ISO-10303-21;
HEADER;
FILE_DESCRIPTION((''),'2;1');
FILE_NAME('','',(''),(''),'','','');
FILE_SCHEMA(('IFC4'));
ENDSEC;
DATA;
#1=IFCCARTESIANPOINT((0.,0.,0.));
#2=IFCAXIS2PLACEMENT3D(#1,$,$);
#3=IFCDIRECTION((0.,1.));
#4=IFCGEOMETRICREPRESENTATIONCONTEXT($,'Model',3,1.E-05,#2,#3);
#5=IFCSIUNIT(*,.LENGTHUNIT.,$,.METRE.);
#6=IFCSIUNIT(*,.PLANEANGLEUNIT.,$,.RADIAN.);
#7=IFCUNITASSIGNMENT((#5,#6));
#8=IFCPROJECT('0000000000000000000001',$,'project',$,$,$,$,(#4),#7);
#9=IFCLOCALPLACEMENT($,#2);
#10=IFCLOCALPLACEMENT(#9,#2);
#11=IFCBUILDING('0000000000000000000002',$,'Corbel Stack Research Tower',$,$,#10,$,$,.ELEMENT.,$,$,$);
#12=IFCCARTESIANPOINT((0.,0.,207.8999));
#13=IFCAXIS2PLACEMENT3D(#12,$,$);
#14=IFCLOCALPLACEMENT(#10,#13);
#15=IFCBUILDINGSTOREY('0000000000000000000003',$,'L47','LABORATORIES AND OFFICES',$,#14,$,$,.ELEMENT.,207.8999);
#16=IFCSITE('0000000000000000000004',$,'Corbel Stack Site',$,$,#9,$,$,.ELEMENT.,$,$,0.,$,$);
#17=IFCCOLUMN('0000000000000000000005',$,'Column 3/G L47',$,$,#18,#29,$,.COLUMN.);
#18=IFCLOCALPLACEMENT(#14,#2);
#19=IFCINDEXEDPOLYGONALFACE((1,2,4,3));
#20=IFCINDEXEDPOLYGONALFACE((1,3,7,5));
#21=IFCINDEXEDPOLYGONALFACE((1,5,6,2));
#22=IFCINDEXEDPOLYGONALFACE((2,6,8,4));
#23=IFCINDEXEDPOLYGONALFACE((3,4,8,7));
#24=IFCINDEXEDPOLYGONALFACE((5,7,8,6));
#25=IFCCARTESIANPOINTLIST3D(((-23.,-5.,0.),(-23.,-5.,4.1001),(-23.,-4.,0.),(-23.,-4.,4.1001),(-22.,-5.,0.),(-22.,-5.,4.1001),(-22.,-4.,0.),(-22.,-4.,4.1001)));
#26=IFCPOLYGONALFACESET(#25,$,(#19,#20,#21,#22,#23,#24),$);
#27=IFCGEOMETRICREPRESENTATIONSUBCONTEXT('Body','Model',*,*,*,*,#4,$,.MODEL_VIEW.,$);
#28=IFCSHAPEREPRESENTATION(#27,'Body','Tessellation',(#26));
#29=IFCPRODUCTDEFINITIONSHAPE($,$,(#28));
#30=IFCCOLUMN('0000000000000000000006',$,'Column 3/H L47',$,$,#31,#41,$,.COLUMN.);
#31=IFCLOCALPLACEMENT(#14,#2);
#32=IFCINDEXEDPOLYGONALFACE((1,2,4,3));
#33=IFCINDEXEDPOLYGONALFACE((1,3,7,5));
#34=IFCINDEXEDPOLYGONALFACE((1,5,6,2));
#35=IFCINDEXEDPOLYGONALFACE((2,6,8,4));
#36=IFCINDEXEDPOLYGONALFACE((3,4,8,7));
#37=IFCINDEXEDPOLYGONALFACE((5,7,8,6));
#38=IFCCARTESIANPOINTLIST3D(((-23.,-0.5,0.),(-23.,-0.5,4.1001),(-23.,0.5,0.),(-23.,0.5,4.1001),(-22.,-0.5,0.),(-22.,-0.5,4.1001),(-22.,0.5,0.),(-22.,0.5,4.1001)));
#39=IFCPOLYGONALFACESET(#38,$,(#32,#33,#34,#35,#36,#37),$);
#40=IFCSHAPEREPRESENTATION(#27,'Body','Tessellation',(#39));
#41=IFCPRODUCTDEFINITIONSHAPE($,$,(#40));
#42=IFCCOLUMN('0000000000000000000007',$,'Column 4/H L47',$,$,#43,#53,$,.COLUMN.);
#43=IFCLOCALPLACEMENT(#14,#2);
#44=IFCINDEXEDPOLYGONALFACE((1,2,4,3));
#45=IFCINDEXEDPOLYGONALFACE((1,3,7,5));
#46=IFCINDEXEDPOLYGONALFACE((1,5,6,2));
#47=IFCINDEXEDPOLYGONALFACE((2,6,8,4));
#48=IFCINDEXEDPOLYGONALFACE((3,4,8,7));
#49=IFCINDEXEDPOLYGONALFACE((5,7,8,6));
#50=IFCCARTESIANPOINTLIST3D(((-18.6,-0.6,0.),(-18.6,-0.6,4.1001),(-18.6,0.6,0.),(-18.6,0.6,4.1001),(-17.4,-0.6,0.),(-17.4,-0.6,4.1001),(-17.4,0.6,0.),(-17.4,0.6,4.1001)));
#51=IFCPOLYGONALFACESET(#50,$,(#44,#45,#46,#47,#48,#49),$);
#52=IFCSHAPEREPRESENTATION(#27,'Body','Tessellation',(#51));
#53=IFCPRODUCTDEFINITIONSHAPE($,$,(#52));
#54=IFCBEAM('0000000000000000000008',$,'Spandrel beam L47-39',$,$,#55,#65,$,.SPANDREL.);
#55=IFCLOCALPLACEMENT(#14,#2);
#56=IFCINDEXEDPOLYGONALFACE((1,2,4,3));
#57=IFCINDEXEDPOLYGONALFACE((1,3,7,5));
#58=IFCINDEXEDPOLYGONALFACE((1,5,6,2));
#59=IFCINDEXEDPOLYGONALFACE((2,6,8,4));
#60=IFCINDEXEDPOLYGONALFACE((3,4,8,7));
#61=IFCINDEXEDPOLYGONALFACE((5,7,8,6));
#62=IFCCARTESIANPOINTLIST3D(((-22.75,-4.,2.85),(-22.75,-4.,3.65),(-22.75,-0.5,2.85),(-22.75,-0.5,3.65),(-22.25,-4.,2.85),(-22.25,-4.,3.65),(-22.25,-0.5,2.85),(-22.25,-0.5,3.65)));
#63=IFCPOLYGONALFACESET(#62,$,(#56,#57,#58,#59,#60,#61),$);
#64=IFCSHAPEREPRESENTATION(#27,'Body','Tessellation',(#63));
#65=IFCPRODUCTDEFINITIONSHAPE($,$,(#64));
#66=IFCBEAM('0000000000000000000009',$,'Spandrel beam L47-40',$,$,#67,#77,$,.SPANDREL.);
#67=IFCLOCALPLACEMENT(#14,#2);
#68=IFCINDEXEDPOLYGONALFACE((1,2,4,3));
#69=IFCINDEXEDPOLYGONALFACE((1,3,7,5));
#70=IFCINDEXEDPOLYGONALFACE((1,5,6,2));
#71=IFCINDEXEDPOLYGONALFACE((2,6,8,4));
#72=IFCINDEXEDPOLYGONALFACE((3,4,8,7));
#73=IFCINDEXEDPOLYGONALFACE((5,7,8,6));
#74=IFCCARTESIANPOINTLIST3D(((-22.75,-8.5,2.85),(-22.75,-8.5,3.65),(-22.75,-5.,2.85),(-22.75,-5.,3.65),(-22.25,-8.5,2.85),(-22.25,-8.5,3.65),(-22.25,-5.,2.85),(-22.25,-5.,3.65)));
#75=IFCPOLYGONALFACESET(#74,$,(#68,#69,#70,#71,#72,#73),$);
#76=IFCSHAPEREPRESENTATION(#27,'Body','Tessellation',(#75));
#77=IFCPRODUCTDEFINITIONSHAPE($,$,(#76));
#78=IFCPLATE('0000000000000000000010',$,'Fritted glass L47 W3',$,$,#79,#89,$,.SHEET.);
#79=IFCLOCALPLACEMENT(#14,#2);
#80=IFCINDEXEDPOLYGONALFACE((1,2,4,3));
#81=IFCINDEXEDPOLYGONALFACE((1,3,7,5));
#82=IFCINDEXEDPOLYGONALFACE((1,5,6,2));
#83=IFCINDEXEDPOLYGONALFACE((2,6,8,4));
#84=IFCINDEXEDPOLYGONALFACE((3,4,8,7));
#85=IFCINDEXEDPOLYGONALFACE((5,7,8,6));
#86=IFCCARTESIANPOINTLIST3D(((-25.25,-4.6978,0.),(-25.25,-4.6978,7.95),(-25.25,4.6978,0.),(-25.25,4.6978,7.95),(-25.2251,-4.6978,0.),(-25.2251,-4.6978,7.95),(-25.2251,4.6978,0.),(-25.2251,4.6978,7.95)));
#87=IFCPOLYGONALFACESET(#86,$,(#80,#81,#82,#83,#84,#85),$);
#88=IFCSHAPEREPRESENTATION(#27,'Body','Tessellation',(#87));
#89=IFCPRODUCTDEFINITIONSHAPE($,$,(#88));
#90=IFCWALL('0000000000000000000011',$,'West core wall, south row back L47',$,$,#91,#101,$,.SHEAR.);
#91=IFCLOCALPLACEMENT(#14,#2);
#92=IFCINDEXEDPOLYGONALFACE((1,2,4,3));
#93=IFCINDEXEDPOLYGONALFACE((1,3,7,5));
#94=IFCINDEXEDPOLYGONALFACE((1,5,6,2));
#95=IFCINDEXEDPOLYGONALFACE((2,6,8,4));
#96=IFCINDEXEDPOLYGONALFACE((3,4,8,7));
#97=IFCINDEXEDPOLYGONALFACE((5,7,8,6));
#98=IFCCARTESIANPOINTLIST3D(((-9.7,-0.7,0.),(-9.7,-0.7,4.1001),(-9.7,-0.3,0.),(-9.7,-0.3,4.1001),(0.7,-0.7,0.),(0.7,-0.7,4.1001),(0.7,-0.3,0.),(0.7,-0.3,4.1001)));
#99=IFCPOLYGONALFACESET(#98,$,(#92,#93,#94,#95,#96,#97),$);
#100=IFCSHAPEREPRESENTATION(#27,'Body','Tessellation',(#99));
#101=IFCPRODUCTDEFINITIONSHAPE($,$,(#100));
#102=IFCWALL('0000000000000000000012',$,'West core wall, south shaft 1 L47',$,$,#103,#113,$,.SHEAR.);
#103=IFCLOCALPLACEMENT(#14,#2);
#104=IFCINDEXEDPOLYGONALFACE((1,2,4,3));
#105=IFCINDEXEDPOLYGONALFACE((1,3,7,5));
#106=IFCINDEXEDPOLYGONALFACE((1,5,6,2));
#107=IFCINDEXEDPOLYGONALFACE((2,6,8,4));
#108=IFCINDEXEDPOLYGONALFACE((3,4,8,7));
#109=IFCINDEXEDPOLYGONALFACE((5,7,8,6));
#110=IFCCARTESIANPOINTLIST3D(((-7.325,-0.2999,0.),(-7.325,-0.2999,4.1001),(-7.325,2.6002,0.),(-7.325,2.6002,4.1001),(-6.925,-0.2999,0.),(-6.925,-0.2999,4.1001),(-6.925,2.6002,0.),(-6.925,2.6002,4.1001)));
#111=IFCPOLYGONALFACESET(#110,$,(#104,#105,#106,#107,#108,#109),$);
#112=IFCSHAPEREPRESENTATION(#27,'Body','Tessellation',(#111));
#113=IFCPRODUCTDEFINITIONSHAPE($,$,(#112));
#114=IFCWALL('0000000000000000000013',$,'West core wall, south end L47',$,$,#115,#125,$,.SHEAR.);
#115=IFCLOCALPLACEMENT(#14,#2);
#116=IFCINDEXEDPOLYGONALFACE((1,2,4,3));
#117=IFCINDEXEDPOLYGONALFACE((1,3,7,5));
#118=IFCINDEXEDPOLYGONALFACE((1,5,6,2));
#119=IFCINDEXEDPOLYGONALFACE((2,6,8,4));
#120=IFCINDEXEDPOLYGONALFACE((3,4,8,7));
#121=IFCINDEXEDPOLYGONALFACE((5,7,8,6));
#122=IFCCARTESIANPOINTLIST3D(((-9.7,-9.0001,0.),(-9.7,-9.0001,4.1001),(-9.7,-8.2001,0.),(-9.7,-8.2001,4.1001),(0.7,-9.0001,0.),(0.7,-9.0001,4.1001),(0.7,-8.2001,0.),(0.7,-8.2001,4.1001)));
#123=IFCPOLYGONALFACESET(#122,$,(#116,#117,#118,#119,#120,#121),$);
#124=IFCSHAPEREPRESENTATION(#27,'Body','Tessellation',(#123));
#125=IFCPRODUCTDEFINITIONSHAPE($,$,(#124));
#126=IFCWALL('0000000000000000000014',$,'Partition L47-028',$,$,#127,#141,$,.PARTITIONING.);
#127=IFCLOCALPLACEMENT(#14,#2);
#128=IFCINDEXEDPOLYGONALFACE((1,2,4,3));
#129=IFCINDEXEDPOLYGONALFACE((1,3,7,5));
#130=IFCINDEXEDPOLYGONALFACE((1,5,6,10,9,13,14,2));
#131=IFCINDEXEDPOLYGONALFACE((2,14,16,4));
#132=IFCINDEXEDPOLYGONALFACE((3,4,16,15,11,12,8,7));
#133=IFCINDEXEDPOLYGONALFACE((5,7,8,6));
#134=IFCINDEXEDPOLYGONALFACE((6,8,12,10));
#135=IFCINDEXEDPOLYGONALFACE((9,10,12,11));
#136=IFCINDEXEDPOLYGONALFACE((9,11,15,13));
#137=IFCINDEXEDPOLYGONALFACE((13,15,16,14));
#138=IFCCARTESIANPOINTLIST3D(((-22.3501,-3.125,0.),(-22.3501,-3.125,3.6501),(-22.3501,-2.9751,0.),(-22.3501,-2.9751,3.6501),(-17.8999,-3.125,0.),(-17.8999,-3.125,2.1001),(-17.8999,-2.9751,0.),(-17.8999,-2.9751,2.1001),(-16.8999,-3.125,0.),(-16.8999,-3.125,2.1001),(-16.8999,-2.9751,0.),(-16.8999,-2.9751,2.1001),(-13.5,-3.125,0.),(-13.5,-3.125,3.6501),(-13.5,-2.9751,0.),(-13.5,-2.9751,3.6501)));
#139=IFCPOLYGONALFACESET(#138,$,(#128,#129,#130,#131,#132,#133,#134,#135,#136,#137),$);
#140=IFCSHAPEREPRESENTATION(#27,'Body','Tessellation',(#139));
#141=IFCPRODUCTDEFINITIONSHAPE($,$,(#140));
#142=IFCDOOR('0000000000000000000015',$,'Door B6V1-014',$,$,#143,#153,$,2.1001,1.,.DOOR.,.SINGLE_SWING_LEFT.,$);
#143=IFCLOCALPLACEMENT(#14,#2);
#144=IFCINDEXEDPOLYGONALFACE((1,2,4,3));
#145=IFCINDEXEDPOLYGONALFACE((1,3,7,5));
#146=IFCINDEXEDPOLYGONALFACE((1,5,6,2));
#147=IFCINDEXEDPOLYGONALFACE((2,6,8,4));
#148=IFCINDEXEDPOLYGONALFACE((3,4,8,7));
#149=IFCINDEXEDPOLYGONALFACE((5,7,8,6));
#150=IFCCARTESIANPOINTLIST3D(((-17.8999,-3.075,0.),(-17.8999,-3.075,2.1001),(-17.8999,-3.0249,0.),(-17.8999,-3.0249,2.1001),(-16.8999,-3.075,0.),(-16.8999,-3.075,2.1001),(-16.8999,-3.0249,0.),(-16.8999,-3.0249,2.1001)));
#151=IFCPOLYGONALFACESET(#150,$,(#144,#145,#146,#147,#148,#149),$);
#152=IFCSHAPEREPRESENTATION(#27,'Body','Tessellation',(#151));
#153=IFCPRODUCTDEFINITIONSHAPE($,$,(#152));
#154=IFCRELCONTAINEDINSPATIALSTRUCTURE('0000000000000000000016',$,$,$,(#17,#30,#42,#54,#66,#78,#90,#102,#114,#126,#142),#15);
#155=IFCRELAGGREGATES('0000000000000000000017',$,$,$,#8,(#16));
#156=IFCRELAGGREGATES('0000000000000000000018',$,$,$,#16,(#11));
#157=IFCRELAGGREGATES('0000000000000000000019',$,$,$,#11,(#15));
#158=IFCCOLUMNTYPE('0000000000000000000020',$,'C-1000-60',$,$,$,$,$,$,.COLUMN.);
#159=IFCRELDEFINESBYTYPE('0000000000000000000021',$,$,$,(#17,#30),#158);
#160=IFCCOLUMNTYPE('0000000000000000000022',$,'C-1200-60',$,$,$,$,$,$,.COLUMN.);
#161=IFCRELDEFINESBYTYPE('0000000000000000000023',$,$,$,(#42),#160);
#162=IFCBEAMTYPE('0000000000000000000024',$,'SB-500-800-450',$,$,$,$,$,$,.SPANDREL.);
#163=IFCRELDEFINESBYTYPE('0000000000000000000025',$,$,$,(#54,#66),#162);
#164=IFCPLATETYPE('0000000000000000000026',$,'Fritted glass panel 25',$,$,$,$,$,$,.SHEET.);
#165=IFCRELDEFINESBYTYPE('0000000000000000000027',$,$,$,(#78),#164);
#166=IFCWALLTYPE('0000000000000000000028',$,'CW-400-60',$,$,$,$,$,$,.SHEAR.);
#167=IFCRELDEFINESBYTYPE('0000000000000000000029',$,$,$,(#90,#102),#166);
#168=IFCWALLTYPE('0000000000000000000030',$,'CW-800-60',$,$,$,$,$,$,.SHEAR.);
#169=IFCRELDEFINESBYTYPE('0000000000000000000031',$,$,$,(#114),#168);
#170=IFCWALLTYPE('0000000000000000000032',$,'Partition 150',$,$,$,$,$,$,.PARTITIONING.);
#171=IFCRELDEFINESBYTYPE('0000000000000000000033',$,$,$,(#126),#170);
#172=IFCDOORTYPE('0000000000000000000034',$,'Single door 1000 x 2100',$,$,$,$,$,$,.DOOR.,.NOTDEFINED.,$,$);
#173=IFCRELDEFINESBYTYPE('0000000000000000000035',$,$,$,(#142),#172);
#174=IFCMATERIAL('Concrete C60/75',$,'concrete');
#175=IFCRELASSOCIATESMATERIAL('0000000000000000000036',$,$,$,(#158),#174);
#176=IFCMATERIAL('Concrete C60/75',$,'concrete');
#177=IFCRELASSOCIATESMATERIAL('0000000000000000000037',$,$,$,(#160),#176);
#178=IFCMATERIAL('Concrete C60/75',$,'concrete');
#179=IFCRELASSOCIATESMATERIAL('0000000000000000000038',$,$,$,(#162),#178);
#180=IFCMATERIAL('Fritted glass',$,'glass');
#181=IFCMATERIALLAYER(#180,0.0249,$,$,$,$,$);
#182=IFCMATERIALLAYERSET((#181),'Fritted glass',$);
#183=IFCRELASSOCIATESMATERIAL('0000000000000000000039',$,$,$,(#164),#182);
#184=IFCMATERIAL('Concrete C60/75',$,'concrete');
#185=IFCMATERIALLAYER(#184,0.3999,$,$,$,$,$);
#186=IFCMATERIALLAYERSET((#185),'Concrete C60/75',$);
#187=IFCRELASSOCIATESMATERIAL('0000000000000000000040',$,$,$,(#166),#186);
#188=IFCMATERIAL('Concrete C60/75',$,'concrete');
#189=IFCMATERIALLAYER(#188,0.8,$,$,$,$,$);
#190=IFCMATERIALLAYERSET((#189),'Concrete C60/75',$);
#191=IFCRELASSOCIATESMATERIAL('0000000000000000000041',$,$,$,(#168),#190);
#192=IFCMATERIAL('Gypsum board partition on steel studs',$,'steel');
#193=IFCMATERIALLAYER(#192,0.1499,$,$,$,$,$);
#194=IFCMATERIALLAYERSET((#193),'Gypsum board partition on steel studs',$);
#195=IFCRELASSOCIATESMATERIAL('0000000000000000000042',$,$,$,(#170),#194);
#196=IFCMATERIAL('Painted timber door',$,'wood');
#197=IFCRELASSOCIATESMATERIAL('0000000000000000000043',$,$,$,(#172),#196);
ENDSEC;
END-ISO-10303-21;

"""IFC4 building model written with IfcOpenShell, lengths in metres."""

from ifc_helpers import new_model, si_unit, direction, frame, frame_2d, origin, origin_2d, place, context, subcontext, project, spatial, rectangle, extrude, material, layer, layer_set, material_profile, profile_set, type_object, element, fill, save


model = new_model("IFC4")

# Units and contexts
model_context = context("Model", 3, precision=1e-05, world=origin(), true_north=direction((0.0, 1.0)))
body_context = subcontext(model_context, "Body", "Model", "MODEL_VIEW")
ifc_project = project(units=[si_unit("LENGTHUNIT", "METRE"), si_unit("PLANEANGLEUNIT", "RADIAN")], contexts=[model_context])

# Site, building, storey
site_placement = place(None, origin())
site = spatial("IfcSite", under=ifc_project, at=site_placement, Name="Corbel Stack Site", CompositionType="ELEMENT", RefElevation=0.0)
building_placement = place(site_placement, origin())
building = spatial("IfcBuilding", under=site, at=building_placement, Name="Corbel Stack Research Tower", CompositionType="ELEMENT")
storey_placement = place(building_placement, frame((0.0, 0.0, 207.8999)))
storey = spatial("IfcBuildingStorey", under=building, at=storey_placement, Name="L47", Description="LABORATORIES AND OFFICES", CompositionType="ELEMENT", Elevation=207.8999)

# Columns
ifc_material_1 = material(Name="Concrete C60/75", Category="concrete")
ifc_material_profile_1 = material_profile(ifc_material_1, rectangle(XDim=1.0, YDim=1.0, at=origin_2d()), Name="RC 1000 x 1000")
ifc_profile_set_1 = profile_set([ifc_material_profile_1], Name="Concrete C60/75")
column_type_1 = type_object("IfcColumnType", Name="C-1000-60", PredefinedType="COLUMN", material=ifc_profile_set_1)
for number, where, z_axis, x_axis, name in (
    (1, (-22.5, -4.5, 0.0), (0.0, 0.0, 1.0), (1.0, 0.0, 0.0), "Column 3/G L47"),
    (2, (-22.5, 0.0, 0.0), (0.0, 0.0, 1.0), (1.0, 0.0, 0.0), "Column 3/H L47"),
):
    element("IfcColumn", number, at=place(storey_placement, frame(where, z_axis=z_axis, x_axis=x_axis)), inside=storey, type_object=column_type_1, Name=name, PredefinedType="COLUMN", context=body_context, shape_type="SweptSolid", body=[
        extrude(rectangle(XDim=1.0, YDim=1.0, at=origin_2d()), origin(), (0.0, 0.0, 1.0), 4.1001),
    ])
ifc_material_2 = material(Name="Concrete C60/75", Category="concrete")
ifc_material_profile_2 = material_profile(ifc_material_2, rectangle(XDim=1.2, YDim=1.2, at=origin_2d()), Name="RC 1200 x 1200")
ifc_profile_set_2 = profile_set([ifc_material_profile_2], Name="Concrete C60/75")
column_type_2 = type_object("IfcColumnType", Name="C-1200-60", PredefinedType="COLUMN", material=ifc_profile_set_2)
column_placement = place(storey_placement, frame((-18.0, 0.0, 0.0), z_axis=(0.0, 0.0, 1.0), x_axis=(1.0, 0.0, 0.0)))
element("IfcColumn", 3, at=column_placement, inside=storey, type_object=column_type_2, Name="Column 4/H L47", PredefinedType="COLUMN", context=body_context, shape_type="SweptSolid", body=[
    extrude(rectangle(XDim=1.2, YDim=1.2, at=origin_2d()), origin(), (0.0, 0.0, 1.0), 4.1001),
])

# Beams
ifc_material_3 = material(Name="Concrete C60/75", Category="concrete")
ifc_material_profile_3 = material_profile(ifc_material_3, rectangle(XDim=0.5, YDim=0.8, at=origin_2d()), Name="RC 500 x 800")
ifc_profile_set_3 = profile_set([ifc_material_profile_3], Name="Concrete C60/75")
beam_type = type_object("IfcBeamType", Name="SB-500-800-450", PredefinedType="SPANDREL", material=ifc_profile_set_3)
for number, where, z_axis, x_axis, name in (
    (4, (-22.5, -0.5, 3.25), (0.0, -1.0, 0.0), (1.0, 0.0, 0.0), "Spandrel beam L47-39"),
    (5, (-22.5, -5.0, 3.25), (0.0, -1.0, 0.0), (1.0, 0.0, 0.0), "Spandrel beam L47-40"),
):
    element("IfcBeam", number, at=place(storey_placement, frame(where, z_axis=z_axis, x_axis=x_axis)), inside=storey, type_object=beam_type, Name=name, PredefinedType="SPANDREL", context=body_context, shape_type="SweptSolid", body=[
        extrude(rectangle(XDim=0.5, YDim=0.8, at=origin_2d()), origin(), (0.0, 0.0, 1.0), 3.5),
    ])

# Plate
ifc_material_4 = material(Name="Fritted glass", Category="glass")
ifc_layer_1 = layer(ifc_material_4, 0.0249)
ifc_layer_set_1 = layer_set([ifc_layer_1], Name="Fritted glass")
plate_type = type_object("IfcPlateType", Name="Fritted glass panel 25", PredefinedType="SHEET", material=ifc_layer_set_1)
plate_placement = place(storey_placement, frame((-25.2375, 0.0, 0.0), z_axis=(0.0, 0.0, 1.0), x_axis=(0.0, -1.0, 0.0)))
element("IfcPlate", 6, at=plate_placement, inside=storey, type_object=plate_type, Name="Fritted glass L47 W3", PredefinedType="SHEET", context=body_context, shape_type="SweptSolid", body=[
    extrude(rectangle(XDim=9.3955, YDim=0.0249, at=origin_2d()), origin(), (0.0, 0.0, 1.0), 7.95),
])

# Walls
ifc_material_5 = material(Name="Concrete C60/75", Category="concrete")
ifc_layer_2 = layer(ifc_material_5, 0.3999)
ifc_layer_set_2 = layer_set([ifc_layer_2], Name="Concrete C60/75")
wall_type_1 = type_object("IfcWallType", Name="CW-400-60", PredefinedType="SHEAR", material=ifc_layer_set_2)
wall_1_placement = place(storey_placement, frame((-9.7, -0.5, 0.0), z_axis=(0.0, 0.0, 1.0), x_axis=(1.0, 0.0, 0.0)))
element("IfcWall", 7, at=wall_1_placement, inside=storey, type_object=wall_type_1, Name="West core wall, south row back L47", PredefinedType="SHEAR", context=body_context, shape_type="SweptSolid", body=[
    extrude(rectangle(XDim=10.3999, YDim=0.3999, at=frame_2d((5.2, 0.0))), origin(), (0.0, 0.0, 1.0), 4.1001),
])
wall_2_placement = place(storey_placement, frame((-7.125, -0.3, 0.0), z_axis=(0.0, 0.0, 1.0), x_axis=(0.0, 1.0, 0.0)))
element("IfcWall", 8, at=wall_2_placement, inside=storey, type_object=wall_type_1, Name="West core wall, south shaft 1 L47", PredefinedType="SHEAR", context=body_context, shape_type="SweptSolid", body=[
    extrude(rectangle(XDim=2.9001, YDim=0.3999, at=frame_2d((1.4502, 0.0))), origin(), (0.0, 0.0, 1.0), 4.1001),
])

# Shared definitions
ifc_material_6 = material(Name="Concrete C60/75", Category="concrete")
ifc_layer_3 = layer(ifc_material_6, 0.8)
ifc_layer_set_3 = layer_set([ifc_layer_3], Name="Concrete C60/75")
wall_type_2 = type_object("IfcWallType", Name="CW-800-60", PredefinedType="SHEAR", material=ifc_layer_set_3)

# Wall
wall_3_placement = place(storey_placement, frame((-9.7, -8.6001, 0.0), z_axis=(0.0, 0.0, 1.0), x_axis=(1.0, 0.0, 0.0)))
element("IfcWall", 9, at=wall_3_placement, inside=storey, type_object=wall_type_2, Name="West core wall, south end L47", PredefinedType="SHEAR", context=body_context, shape_type="SweptSolid", body=[
    extrude(rectangle(XDim=10.3999, YDim=0.8, at=frame_2d((5.2, 0.0))), origin(), (0.0, 0.0, 1.0), 4.1001),
])

# Wall, opening, door
ifc_material_7 = material(Name="Gypsum board partition on steel studs", Category="steel")
ifc_layer_4 = layer(ifc_material_7, 0.1499)
ifc_layer_set_4 = layer_set([ifc_layer_4], Name="Gypsum board partition on steel studs")
wall_type_3 = type_object("IfcWallType", Name="Partition 150", PredefinedType="PARTITIONING", material=ifc_layer_set_4)
wall_4_placement = place(storey_placement, frame((-13.5, -3.05, 0.0), z_axis=(0.0, 0.0, 1.0), x_axis=(-1.0, 0.0, 0.0)))
wall_4 = element("IfcWall", 10, at=wall_4_placement, inside=storey, type_object=wall_type_3, Name="Partition L47-028", PredefinedType="PARTITIONING", context=body_context, shape_type="SweptSolid", body=[
    extrude(rectangle(XDim=8.8501, YDim=0.1499, at=frame_2d((4.425, 0.0))), origin(), (0.0, 0.0, 1.0), 3.6501),
])
opening_1_placement = place(wall_4_placement, frame((3.3999, 0.0, 0.0)))
opening_1 = element("IfcOpeningElement", 11, at=opening_1_placement, cuts=wall_4, PredefinedType="OPENING", context=body_context, shape_type="SweptSolid", body=[
    extrude(rectangle(XDim=1.0, YDim=2.1001, at=frame_2d((0.5, 1.05))), frame((0.0, 0.085, 0.0), z_axis=(0.0, -1.0, 0.0), x_axis=(1.0, 0.0, 0.0)), (0.0, 0.0, 1.0), 0.1699),
])
ifc_material_8 = material(Name="Painted timber door", Category="wood")
door_type_1 = type_object("IfcDoorType", Name="Single door 1000 x 2100", OperationType="NOTDEFINED", PredefinedType="DOOR", material=ifc_material_8)
door_1_placement = place(opening_1_placement, origin())
door_1 = element("IfcDoor", 12, at=door_1_placement, inside=storey, type_object=door_type_1, Name="Door B6V1-014", OperationType="SINGLE_SWING_LEFT", OverallHeight=2.1001, OverallWidth=1.0, PredefinedType="DOOR", context=body_context, shape_type="SweptSolid", body=[
    extrude(rectangle(XDim=1.0, YDim=2.1001, at=frame_2d((0.5, 1.05))), frame((0.0, 0.0249, 0.0), z_axis=(0.0, -1.0, 0.0), x_axis=(1.0, 0.0, 0.0)), (0.0, 0.0, 1.0), 0.05),
])
fill(opening_1, door_1)

save(model, "model.ifc")
